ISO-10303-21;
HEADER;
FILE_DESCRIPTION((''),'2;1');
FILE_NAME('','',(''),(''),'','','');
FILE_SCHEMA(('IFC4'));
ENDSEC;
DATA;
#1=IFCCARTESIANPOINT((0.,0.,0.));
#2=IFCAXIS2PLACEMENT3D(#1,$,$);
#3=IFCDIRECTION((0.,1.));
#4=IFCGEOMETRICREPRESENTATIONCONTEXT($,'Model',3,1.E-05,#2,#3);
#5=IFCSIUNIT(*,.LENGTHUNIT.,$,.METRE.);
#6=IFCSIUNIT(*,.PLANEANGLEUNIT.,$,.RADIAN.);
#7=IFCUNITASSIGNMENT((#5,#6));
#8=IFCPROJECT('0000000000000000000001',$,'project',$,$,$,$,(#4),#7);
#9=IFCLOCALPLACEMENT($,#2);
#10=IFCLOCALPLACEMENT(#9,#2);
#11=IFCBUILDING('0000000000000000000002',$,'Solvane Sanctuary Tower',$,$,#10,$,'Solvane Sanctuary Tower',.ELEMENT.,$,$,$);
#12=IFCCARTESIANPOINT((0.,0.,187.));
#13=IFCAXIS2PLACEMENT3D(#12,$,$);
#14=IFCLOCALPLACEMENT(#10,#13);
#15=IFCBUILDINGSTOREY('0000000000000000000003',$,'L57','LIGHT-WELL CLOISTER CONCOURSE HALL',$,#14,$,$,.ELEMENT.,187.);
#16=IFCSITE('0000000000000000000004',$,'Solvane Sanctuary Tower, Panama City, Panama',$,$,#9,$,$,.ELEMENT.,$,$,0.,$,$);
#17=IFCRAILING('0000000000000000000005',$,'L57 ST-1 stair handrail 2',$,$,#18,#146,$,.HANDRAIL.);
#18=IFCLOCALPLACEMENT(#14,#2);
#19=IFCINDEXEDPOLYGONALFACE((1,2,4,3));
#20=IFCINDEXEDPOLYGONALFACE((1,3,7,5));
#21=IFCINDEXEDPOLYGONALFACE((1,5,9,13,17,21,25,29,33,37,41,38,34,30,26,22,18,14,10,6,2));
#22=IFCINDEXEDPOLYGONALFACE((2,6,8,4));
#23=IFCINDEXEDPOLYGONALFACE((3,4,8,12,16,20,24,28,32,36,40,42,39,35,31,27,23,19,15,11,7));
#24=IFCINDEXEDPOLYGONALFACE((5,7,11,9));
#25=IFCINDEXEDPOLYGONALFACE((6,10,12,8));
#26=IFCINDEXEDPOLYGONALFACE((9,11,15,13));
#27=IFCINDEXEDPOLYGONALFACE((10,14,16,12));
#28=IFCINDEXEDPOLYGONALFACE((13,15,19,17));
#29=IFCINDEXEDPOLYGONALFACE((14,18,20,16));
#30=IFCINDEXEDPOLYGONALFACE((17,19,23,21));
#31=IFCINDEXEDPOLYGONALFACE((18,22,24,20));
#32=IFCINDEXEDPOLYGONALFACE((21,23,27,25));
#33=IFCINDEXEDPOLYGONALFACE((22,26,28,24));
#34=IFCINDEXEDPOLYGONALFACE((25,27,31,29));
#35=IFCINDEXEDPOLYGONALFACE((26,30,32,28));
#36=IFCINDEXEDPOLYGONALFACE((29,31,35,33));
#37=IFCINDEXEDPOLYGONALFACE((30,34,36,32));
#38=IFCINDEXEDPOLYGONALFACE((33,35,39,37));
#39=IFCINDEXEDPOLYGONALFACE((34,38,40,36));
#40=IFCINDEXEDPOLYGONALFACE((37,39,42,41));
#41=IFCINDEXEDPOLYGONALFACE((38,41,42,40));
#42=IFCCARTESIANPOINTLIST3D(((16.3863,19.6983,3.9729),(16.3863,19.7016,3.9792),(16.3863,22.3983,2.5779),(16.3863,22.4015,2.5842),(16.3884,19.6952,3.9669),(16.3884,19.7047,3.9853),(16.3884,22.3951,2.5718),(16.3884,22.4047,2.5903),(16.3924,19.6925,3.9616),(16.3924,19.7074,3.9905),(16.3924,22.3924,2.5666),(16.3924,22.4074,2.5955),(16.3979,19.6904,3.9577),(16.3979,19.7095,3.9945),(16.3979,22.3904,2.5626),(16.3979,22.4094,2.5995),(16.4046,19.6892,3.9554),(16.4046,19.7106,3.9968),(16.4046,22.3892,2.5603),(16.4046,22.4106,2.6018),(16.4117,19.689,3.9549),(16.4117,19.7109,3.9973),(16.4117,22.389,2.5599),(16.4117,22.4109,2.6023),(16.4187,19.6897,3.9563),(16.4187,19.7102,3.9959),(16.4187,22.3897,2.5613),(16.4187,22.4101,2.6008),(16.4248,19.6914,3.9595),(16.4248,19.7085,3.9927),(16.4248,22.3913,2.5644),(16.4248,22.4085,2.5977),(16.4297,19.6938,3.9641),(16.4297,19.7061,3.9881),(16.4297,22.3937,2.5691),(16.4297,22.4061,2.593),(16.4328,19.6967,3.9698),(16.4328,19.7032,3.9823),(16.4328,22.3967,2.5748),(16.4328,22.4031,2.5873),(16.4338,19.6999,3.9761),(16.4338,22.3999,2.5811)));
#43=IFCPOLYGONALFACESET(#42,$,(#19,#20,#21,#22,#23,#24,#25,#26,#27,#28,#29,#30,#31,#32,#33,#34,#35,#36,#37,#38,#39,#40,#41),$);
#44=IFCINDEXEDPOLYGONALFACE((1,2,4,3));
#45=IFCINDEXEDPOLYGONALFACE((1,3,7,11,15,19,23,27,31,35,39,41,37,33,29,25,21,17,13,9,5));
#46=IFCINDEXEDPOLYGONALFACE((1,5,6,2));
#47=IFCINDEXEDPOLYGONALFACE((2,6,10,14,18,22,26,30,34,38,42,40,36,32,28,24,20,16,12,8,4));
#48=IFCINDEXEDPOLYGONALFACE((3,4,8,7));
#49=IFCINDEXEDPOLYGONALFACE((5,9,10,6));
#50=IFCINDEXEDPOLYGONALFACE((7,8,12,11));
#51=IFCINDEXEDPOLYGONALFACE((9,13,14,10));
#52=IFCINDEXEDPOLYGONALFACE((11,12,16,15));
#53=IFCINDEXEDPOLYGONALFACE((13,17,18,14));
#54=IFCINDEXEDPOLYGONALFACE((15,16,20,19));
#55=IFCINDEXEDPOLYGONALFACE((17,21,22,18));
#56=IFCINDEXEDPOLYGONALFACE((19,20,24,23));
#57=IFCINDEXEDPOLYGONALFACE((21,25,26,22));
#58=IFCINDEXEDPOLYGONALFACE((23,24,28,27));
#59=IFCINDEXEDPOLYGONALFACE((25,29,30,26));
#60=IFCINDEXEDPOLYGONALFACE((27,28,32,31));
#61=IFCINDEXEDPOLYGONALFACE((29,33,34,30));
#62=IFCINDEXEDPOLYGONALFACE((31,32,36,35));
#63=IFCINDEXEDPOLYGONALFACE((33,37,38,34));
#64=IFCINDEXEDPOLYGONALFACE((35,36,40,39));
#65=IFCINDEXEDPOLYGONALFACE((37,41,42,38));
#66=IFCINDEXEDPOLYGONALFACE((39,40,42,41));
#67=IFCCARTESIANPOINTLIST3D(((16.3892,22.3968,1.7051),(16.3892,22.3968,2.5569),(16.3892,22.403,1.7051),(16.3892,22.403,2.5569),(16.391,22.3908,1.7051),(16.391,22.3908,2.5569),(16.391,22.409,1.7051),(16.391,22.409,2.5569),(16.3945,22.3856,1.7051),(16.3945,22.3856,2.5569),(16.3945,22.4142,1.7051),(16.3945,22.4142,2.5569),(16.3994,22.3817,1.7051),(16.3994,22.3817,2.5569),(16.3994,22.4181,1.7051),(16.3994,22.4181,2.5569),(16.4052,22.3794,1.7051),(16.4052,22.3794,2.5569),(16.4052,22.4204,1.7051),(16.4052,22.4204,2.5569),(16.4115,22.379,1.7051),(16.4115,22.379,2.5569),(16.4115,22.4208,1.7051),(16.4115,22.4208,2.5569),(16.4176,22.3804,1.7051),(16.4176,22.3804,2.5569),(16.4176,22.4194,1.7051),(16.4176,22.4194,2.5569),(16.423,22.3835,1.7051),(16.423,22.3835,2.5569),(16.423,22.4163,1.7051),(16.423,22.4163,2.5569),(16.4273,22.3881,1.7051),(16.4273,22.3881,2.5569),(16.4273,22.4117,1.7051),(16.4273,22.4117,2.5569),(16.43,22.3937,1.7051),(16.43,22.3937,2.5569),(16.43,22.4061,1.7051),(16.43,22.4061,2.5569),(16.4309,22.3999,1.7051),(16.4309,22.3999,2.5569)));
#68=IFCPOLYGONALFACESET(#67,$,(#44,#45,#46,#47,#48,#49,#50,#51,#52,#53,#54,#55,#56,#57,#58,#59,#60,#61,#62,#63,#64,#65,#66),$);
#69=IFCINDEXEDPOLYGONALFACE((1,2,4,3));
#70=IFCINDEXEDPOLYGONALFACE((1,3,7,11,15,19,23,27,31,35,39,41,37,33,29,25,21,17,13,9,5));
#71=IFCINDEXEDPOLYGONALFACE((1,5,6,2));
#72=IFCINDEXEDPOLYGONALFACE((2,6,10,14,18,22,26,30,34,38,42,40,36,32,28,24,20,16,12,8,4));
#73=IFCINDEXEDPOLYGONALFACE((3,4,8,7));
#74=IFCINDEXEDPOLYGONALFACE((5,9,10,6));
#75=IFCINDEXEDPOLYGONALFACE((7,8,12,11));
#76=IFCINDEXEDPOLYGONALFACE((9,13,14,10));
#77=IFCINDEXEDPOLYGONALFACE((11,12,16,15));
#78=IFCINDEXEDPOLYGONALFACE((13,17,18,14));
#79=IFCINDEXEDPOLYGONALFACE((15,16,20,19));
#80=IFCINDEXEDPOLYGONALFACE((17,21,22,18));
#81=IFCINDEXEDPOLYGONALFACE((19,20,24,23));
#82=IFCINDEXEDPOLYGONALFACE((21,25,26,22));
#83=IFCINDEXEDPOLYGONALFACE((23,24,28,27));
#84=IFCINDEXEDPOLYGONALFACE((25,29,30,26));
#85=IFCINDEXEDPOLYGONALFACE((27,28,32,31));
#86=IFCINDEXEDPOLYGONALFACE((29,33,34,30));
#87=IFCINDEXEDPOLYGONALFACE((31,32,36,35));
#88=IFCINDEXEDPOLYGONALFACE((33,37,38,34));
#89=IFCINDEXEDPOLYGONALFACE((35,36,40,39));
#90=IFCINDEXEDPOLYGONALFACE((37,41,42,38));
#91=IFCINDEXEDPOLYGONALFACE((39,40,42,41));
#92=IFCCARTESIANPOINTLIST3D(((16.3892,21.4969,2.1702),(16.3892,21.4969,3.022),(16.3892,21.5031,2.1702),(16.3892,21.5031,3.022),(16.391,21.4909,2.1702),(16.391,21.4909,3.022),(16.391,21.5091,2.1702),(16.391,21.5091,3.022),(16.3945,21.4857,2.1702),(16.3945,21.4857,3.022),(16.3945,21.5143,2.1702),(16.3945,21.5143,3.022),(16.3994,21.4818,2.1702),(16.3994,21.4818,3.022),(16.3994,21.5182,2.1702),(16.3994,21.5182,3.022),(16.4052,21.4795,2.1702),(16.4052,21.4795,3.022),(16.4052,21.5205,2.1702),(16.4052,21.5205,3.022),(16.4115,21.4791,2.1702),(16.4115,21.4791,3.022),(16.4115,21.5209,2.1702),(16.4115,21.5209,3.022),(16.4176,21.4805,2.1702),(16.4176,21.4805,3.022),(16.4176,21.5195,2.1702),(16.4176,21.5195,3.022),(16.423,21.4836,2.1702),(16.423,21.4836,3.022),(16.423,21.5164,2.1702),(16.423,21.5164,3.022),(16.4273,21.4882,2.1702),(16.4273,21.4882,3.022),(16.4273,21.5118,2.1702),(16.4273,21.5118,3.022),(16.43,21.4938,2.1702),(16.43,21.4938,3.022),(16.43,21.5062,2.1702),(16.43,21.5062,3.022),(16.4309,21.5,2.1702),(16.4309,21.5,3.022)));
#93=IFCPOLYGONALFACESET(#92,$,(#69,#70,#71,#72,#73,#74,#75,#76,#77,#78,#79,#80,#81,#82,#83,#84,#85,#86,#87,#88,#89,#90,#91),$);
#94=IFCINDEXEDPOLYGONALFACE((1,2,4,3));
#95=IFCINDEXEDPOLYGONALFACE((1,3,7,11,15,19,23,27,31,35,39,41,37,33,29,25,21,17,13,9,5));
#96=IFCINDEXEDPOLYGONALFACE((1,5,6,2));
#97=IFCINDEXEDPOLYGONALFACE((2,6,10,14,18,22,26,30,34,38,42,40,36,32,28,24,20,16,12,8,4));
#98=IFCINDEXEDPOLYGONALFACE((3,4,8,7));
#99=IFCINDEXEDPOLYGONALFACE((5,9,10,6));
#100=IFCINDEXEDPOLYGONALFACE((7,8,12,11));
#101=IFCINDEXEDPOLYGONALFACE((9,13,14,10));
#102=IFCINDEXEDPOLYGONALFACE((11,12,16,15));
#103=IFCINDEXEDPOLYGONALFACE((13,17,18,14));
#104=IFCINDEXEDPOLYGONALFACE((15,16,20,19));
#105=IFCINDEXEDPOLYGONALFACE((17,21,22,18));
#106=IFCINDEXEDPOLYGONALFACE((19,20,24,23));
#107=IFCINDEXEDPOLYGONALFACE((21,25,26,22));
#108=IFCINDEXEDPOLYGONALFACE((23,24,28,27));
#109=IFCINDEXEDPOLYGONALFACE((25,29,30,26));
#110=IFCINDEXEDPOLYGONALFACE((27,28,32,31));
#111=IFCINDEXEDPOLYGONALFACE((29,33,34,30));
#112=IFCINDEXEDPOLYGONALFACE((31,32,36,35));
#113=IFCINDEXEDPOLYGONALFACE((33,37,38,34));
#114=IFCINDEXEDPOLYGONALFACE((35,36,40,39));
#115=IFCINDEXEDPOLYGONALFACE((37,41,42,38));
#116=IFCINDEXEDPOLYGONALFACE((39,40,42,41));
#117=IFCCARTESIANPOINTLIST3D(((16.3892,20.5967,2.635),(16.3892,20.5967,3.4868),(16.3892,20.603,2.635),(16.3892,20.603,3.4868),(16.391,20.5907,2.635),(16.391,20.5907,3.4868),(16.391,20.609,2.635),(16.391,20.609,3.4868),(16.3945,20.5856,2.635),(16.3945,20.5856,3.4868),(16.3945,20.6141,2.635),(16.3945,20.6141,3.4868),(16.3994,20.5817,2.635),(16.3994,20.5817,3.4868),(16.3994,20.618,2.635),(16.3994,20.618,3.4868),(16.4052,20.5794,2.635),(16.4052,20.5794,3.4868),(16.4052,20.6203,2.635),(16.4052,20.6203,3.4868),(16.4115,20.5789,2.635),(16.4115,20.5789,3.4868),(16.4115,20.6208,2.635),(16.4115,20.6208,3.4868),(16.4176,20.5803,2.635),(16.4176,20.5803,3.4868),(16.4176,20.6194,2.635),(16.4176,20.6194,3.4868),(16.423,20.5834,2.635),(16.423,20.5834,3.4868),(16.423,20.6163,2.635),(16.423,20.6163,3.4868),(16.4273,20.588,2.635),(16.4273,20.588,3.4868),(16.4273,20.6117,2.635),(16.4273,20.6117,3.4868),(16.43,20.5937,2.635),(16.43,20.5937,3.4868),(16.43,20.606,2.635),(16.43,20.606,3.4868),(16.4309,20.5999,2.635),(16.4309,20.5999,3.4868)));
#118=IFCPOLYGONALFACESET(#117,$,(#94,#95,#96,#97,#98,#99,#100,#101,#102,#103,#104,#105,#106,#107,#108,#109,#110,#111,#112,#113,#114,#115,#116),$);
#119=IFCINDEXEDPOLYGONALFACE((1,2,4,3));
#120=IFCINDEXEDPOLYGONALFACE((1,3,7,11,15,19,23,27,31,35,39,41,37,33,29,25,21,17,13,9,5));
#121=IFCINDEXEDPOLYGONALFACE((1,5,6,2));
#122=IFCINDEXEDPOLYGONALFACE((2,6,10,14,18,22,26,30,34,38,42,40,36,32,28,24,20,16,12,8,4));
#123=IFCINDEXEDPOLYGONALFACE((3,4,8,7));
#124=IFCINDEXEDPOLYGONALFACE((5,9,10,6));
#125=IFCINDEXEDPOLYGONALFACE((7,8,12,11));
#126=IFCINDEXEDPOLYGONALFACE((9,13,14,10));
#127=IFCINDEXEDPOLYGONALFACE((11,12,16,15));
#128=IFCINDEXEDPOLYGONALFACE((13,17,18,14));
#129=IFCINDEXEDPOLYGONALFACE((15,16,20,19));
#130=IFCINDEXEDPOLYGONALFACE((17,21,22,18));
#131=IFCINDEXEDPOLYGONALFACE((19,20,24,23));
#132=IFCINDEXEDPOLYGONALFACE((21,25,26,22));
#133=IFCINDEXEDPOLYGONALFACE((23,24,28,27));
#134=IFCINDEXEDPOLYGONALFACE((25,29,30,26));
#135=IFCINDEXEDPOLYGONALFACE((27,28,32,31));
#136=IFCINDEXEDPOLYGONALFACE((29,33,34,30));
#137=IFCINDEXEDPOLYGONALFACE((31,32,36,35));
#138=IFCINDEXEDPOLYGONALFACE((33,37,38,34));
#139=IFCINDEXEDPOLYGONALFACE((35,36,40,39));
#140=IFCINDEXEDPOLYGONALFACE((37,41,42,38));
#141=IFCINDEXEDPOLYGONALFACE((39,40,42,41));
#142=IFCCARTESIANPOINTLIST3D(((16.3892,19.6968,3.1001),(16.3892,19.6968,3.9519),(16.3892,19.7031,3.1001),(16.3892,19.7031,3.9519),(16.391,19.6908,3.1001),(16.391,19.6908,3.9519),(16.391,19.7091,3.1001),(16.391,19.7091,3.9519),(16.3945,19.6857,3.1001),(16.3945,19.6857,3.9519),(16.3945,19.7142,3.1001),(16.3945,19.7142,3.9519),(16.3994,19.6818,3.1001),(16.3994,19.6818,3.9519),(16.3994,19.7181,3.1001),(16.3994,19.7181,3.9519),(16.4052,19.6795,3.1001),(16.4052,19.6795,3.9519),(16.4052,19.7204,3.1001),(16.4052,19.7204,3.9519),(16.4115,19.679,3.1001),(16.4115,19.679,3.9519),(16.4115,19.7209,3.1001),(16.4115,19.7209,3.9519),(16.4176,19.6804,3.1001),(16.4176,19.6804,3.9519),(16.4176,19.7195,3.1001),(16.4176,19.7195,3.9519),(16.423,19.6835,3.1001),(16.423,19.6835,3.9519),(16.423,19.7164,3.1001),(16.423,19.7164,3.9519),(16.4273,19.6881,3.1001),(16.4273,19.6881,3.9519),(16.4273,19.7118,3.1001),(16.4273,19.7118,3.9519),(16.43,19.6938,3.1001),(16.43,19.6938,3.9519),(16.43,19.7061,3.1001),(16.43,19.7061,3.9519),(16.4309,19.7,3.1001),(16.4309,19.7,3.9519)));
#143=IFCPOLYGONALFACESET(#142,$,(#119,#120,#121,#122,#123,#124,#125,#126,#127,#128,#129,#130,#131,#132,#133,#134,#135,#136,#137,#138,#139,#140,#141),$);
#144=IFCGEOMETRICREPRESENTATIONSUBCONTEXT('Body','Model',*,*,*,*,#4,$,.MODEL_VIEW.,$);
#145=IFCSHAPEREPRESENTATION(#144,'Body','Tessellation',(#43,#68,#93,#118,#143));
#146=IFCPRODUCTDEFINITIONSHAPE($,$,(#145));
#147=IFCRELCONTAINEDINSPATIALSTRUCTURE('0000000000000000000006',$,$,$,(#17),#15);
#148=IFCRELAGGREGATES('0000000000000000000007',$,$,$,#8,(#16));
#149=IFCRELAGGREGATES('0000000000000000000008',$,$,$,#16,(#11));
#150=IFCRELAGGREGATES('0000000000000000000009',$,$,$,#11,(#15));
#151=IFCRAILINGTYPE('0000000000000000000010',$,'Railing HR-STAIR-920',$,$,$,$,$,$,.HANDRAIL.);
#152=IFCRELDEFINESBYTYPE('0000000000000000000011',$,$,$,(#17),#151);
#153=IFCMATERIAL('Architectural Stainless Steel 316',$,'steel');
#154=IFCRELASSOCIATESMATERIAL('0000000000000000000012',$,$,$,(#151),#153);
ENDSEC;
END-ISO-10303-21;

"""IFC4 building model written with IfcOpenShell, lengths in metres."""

from ifc_helpers import new_model, si_unit, direction, frame, origin, origin_2d, place, context, subcontext, project, spatial, circle, extrude, material, type_object, element, save


model = new_model("IFC4")

# Units and contexts
model_context = context("Model", 3, precision=1e-05, world=origin(), true_north=direction((0.0, 1.0)))
body_context = subcontext(model_context, "Body", "Model", "MODEL_VIEW")
ifc_project = project(units=[si_unit("LENGTHUNIT", "METRE"), si_unit("PLANEANGLEUNIT", "RADIAN")], contexts=[model_context])

# Site, building, storey
site_placement = place(None, origin())
site = spatial("IfcSite", under=ifc_project, at=site_placement, Name="Solvane Sanctuary Tower, Panama City, Panama", CompositionType="ELEMENT", RefElevation=0.0)
building_placement = place(site_placement, origin())
building = spatial("IfcBuilding", under=site, at=building_placement, Name="Solvane Sanctuary Tower", LongName="Solvane Sanctuary Tower", CompositionType="ELEMENT")
storey_placement = place(building_placement, frame((0.0, 0.0, 187.0)))
storey = spatial("IfcBuildingStorey", under=building, at=storey_placement, Name="L57", Description="LIGHT-WELL CLOISTER CONCOURSE HALL", CompositionType="ELEMENT", Elevation=187.0)

# Railing
ifc_material_1 = material(Name="Architectural Stainless Steel 316", Category="steel")
railing_type_1 = type_object("IfcRailingType", Name="Railing HR-STAIR-920", PredefinedType="HANDRAIL", material=ifc_material_1)
railing_1_placement = place(storey_placement, frame((16.4099, 22.3999, 1.7051)))
element("IfcRailing", 1, at=railing_1_placement, inside=storey, type_object=railing_type_1, Name="L57 ST-1 stair handrail 2", PredefinedType="HANDRAIL", context=body_context, shape_type="SweptSolid", body=[
    extrude(circle(Radius=0.0239, at=origin_2d()), frame((0.0, 0.0, 0.876), z_axis=(0.0, -0.88842, 0.459032), x_axis=(1.0, 0.0, 0.0)), (0.0, 0.0, 1.0), 3.0391),
    extrude(circle(Radius=0.021, at=origin_2d()), origin(), (0.0, 0.0, 1.0), 0.8518),
    extrude(circle(Radius=0.021, at=origin_2d()), frame((0.0, -0.8999, 0.4651)), (0.0, 0.0, 1.0), 0.8518),
    extrude(circle(Radius=0.021, at=origin_2d()), frame((0.0, -1.8, 0.9299)), (0.0, 0.0, 1.0), 0.8518),
    extrude(circle(Radius=0.021, at=origin_2d()), frame((0.0, -2.7, 1.395)), (0.0, 0.0, 1.0), 0.8518),
])

save(model, "model.ifc")
